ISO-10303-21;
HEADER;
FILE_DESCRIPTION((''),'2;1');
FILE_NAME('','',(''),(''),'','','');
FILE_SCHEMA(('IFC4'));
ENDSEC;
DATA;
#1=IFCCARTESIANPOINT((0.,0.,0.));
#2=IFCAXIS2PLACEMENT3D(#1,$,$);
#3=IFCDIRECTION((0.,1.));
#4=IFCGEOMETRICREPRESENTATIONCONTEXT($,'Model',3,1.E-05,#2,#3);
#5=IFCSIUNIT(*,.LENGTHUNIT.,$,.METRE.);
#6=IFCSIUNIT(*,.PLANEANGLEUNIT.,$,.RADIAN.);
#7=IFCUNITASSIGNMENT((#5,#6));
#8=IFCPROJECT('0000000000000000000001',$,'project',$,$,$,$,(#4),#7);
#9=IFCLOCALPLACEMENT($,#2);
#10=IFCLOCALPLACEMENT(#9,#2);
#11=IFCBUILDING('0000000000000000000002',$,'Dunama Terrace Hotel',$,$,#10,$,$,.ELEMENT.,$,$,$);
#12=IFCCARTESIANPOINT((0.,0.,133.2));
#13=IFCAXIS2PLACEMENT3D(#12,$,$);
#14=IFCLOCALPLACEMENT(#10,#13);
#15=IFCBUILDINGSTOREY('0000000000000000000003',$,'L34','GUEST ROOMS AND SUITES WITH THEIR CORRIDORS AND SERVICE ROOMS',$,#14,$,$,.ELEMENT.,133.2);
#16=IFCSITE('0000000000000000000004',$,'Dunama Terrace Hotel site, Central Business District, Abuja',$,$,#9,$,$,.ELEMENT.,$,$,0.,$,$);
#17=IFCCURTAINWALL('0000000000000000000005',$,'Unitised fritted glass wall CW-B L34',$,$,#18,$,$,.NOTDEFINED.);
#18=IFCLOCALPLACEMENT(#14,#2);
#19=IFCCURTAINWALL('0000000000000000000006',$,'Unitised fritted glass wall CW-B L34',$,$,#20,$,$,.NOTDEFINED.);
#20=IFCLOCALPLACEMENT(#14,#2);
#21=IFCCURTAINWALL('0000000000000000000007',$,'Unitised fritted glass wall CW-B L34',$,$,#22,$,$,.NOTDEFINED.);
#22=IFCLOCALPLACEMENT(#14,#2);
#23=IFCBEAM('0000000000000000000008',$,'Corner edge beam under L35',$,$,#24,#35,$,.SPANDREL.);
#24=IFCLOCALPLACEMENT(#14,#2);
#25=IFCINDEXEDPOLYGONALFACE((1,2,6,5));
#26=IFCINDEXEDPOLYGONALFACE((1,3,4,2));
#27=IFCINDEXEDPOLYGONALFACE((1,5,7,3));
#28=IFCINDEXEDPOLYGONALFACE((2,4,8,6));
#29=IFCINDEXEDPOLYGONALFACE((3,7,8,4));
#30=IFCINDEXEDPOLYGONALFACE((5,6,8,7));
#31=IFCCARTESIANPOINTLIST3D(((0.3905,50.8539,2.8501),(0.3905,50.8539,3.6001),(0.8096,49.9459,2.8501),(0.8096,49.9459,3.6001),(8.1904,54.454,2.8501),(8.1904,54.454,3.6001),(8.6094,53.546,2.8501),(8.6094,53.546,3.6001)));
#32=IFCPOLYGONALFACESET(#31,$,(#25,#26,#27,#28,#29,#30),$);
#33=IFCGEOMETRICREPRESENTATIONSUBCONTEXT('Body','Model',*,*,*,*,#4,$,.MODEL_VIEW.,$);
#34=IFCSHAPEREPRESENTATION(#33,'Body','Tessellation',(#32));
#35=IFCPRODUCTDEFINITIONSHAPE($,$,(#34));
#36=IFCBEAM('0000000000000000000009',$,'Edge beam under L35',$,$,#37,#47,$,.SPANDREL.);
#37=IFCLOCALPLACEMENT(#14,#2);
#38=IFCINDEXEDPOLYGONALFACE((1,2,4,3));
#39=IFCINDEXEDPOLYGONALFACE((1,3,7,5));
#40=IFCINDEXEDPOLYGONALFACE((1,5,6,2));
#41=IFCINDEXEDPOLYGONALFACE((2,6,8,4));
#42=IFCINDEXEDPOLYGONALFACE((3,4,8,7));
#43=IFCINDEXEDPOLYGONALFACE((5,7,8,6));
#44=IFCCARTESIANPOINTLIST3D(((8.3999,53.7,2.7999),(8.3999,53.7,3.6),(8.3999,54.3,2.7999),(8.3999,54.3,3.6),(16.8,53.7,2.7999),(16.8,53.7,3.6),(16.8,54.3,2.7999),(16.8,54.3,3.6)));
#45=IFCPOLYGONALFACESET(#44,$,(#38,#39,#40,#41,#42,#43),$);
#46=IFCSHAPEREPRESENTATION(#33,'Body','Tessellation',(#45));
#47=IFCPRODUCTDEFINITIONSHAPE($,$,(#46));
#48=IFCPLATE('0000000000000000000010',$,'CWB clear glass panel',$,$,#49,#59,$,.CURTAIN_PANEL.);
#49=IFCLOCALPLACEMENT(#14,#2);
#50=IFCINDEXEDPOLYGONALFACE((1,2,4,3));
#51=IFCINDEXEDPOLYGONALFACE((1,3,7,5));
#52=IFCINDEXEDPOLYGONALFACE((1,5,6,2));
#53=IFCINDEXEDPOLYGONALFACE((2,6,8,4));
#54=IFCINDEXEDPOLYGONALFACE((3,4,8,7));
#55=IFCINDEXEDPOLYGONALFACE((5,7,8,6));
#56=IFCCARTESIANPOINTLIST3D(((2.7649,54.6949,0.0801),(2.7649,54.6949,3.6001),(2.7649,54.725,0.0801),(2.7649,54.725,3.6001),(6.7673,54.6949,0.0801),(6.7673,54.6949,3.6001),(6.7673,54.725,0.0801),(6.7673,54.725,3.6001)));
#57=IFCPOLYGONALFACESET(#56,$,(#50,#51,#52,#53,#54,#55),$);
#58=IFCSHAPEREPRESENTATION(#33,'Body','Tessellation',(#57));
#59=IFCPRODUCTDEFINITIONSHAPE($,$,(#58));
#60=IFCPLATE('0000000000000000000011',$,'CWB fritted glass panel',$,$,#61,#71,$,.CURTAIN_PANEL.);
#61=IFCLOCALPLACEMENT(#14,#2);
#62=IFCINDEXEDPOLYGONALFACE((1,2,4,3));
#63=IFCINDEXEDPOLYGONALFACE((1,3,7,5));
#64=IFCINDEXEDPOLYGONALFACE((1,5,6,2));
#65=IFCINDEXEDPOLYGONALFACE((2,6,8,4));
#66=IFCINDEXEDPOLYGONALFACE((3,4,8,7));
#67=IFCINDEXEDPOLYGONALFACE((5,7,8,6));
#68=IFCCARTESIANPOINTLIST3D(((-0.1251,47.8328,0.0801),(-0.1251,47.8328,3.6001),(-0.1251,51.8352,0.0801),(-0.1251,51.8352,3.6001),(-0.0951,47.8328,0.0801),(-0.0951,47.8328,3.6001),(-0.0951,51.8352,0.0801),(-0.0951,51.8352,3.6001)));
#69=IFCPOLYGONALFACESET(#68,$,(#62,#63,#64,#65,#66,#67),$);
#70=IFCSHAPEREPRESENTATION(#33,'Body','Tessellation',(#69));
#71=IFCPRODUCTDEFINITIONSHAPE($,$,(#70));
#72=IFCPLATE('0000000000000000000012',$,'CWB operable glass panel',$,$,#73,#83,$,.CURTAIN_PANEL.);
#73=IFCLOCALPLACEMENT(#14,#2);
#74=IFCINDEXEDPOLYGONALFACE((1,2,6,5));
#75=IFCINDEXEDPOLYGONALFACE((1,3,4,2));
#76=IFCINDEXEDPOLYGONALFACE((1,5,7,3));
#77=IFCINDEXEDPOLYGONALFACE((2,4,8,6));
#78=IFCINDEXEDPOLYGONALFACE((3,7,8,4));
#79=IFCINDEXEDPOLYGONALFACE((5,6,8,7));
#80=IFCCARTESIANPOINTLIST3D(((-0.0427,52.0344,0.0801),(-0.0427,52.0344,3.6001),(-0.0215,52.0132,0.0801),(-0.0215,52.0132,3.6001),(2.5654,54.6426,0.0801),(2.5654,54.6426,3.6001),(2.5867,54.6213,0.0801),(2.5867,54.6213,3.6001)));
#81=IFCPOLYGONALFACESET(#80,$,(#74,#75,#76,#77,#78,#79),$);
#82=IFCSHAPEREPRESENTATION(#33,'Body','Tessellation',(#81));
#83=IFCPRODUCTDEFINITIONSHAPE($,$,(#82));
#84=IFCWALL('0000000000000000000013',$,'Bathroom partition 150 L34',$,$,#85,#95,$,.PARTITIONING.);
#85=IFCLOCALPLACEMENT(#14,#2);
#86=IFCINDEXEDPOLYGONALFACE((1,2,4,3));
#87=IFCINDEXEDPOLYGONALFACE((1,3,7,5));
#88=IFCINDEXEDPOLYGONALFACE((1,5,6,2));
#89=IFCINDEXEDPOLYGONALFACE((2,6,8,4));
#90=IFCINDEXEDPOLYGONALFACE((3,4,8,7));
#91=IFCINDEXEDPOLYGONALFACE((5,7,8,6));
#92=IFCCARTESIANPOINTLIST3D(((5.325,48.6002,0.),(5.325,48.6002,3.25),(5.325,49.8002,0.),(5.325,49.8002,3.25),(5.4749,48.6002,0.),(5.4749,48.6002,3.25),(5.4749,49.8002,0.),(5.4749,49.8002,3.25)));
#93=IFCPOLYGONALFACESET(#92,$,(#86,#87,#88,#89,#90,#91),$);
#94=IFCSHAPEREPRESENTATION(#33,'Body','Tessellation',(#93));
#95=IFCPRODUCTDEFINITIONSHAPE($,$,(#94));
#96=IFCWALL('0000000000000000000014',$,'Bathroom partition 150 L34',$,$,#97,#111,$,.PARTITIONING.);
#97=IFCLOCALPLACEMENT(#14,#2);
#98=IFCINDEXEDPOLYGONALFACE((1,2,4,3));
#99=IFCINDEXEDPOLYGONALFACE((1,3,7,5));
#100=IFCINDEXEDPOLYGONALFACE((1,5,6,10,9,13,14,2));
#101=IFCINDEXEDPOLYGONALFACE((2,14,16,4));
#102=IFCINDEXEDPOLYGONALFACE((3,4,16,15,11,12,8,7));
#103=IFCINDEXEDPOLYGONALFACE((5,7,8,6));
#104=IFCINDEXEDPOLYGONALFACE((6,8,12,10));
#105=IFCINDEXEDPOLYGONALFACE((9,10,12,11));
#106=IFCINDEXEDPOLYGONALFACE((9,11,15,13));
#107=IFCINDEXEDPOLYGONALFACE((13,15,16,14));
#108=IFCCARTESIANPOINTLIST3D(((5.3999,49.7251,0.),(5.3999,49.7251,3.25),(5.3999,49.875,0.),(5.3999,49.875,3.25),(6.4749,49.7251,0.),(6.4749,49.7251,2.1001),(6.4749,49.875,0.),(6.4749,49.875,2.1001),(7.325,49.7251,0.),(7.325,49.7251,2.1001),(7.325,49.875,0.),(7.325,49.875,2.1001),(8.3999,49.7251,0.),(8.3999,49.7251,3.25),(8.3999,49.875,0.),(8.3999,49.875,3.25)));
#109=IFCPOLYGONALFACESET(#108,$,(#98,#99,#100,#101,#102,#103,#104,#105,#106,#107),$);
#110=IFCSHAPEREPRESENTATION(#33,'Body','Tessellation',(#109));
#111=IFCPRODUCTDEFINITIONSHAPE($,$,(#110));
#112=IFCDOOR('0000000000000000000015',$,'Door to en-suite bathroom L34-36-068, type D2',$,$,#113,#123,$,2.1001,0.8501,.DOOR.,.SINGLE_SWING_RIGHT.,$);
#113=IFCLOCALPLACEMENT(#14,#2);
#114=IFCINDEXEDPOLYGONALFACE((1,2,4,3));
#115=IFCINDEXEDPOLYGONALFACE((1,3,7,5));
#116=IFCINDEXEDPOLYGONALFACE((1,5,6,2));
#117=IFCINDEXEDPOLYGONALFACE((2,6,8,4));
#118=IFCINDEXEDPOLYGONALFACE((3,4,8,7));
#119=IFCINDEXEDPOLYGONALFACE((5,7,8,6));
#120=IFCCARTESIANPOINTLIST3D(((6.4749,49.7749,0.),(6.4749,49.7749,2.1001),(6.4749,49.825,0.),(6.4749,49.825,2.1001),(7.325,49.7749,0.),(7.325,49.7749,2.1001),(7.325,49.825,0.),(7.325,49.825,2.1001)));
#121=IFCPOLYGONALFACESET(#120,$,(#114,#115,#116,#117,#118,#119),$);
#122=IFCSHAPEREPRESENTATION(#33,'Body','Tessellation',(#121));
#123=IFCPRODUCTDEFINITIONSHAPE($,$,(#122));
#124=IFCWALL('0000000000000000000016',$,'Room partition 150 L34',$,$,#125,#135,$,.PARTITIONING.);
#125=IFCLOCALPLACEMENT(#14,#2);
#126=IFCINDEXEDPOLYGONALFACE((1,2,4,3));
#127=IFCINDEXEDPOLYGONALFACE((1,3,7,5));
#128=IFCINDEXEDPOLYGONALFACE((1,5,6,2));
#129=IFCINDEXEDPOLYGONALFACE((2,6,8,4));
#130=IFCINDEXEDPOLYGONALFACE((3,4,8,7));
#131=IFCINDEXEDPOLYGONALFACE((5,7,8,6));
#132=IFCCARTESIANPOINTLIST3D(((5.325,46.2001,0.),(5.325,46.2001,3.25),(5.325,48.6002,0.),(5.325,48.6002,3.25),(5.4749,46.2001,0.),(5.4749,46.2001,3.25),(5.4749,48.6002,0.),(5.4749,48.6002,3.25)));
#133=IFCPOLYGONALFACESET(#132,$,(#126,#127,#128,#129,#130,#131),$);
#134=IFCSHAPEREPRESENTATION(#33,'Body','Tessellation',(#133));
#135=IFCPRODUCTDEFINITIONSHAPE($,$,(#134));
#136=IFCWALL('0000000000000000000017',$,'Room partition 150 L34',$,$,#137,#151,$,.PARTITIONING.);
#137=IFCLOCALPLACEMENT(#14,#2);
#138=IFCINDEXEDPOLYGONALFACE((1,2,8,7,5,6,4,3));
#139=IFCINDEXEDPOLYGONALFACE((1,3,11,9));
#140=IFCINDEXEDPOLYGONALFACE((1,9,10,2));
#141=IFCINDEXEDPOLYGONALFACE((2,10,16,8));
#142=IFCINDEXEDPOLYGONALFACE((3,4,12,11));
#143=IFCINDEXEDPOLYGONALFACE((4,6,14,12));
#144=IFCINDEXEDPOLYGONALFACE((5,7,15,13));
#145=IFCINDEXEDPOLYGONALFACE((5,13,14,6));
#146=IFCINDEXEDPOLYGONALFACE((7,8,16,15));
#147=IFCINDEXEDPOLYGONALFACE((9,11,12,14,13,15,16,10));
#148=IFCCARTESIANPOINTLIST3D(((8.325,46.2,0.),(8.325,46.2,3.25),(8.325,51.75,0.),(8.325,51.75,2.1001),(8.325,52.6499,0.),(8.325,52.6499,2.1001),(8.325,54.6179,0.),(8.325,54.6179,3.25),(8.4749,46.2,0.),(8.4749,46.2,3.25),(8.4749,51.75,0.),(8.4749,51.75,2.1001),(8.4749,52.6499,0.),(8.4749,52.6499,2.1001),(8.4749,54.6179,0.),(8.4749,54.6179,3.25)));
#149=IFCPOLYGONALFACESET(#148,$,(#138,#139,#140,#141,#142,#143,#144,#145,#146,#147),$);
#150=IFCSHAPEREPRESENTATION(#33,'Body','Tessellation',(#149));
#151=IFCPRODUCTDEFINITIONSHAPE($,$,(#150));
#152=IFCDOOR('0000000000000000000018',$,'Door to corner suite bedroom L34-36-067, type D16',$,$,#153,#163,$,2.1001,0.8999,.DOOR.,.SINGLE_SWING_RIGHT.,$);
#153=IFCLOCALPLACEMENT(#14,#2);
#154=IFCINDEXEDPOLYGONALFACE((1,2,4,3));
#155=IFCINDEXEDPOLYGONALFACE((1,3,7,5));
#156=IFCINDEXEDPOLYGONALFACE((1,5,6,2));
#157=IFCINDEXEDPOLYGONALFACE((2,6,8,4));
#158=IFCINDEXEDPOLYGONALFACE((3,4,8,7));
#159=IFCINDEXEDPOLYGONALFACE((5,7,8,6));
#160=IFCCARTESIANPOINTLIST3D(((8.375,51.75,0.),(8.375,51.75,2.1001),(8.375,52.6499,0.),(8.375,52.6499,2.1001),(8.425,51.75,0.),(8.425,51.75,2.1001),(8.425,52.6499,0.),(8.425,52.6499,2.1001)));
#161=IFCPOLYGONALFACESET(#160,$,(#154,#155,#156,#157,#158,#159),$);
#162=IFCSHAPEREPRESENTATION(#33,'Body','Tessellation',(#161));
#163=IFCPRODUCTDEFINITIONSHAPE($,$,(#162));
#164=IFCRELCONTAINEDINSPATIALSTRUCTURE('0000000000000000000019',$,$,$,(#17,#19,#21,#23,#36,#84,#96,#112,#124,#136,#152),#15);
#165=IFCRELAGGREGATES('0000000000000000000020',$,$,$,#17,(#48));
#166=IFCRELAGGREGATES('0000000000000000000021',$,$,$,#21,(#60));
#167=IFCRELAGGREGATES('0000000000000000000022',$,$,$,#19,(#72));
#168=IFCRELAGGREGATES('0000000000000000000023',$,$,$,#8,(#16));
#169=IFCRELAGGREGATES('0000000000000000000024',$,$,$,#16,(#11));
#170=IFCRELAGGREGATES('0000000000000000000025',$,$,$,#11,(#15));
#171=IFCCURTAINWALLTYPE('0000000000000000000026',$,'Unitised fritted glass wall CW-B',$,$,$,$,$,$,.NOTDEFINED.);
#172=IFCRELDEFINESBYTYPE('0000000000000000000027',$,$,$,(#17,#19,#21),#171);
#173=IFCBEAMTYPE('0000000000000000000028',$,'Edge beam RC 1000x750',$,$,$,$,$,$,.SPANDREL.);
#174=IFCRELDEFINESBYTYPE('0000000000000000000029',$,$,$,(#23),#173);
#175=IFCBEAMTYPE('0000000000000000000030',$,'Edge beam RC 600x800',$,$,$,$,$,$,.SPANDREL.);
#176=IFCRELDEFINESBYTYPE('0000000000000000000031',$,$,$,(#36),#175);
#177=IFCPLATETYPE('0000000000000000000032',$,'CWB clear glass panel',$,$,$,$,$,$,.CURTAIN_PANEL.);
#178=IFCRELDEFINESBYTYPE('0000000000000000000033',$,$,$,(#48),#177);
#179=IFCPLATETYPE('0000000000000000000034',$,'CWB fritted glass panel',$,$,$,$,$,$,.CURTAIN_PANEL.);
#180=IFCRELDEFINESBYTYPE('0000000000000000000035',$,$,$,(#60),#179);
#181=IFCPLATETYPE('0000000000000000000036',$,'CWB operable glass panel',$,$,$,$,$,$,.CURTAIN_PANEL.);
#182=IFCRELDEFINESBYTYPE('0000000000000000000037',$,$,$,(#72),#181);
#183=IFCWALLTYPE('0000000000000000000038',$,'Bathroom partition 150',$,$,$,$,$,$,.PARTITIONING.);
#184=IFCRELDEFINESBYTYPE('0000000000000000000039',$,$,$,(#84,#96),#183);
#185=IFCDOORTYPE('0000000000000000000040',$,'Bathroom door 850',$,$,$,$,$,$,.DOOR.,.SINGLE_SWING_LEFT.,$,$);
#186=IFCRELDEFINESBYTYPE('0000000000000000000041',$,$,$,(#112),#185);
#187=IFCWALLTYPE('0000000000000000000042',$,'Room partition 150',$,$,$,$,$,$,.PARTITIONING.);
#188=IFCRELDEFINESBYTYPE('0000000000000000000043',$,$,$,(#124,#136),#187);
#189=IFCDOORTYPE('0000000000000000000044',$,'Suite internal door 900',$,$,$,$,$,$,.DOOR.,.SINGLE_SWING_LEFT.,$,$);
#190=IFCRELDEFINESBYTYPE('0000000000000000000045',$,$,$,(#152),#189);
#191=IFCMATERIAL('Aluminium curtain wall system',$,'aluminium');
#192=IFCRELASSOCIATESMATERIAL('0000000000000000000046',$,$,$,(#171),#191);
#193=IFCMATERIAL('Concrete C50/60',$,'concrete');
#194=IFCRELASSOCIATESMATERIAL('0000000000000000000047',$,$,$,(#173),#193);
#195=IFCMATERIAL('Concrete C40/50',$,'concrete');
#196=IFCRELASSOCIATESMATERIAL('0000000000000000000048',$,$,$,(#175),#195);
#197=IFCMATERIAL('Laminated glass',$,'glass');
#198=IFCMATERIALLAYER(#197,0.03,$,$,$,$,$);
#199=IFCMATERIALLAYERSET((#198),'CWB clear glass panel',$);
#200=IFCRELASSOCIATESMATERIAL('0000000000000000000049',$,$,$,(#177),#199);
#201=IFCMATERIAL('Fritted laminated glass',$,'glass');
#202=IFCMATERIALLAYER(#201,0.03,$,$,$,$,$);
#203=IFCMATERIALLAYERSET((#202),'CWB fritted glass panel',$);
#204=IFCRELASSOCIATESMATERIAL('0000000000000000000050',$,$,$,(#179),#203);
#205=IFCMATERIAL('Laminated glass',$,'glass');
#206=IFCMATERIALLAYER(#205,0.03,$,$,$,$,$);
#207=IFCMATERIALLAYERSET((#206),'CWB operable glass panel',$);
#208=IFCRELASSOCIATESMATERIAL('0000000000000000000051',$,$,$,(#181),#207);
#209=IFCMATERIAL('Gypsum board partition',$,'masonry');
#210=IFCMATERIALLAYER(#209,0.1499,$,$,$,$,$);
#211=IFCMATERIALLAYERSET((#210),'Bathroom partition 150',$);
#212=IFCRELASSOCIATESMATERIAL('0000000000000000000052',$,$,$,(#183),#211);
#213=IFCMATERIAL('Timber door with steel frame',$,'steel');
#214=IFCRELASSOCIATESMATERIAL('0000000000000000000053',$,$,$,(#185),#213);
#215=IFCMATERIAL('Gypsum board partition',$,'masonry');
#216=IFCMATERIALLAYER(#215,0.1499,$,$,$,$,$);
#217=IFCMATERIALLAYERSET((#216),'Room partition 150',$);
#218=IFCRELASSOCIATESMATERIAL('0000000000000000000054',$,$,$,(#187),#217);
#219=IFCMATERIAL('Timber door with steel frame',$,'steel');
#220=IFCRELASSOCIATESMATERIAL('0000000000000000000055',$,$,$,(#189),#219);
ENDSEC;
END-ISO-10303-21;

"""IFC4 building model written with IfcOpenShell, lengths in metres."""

from ifc_helpers import new_model, si_unit, direction, frame, frame_2d, origin, origin_2d, place, context, subcontext, project, spatial, rectangle, extrude, material, layer, layer_set, material_profile, profile_set, type_object, element, fill, aggregate, save


model = new_model("IFC4")

# Units and contexts
model_context = context("Model", 3, precision=1e-05, world=origin(), true_north=direction((0.0, 1.0)))
body_context = subcontext(model_context, "Body", "Model", "MODEL_VIEW")
ifc_project = project(units=[si_unit("LENGTHUNIT", "METRE"), si_unit("PLANEANGLEUNIT", "RADIAN")], contexts=[model_context])

# Site, building, storey
site_placement = place(None, origin())
site = spatial("IfcSite", under=ifc_project, at=site_placement, Name="Dunama Terrace Hotel site, Central Business District, Abuja", CompositionType="ELEMENT", RefElevation=0.0)
building_placement = place(site_placement, origin())
building = spatial("IfcBuilding", under=site, at=building_placement, Name="Dunama Terrace Hotel", CompositionType="ELEMENT")
storey_placement = place(building_placement, frame((0.0, 0.0, 133.2)))
storey = spatial("IfcBuildingStorey", under=building, at=storey_placement, Name="L34", Description="GUEST ROOMS AND SUITES WITH THEIR CORRIDORS AND SERVICE ROOMS", CompositionType="ELEMENT", Elevation=133.2)

# Curtain walls
ifc_material_1 = material(Name="Aluminium curtain wall system", Category="aluminium")
curtain_wall_type = type_object("IfcCurtainWallType", Name="Unitised fritted glass wall CW-B", PredefinedType="NOTDEFINED", material=ifc_material_1)
curtain_wall_1_placement = place(storey_placement, origin())
curtain_wall_1 = element("IfcCurtainWall", 1, at=curtain_wall_1_placement, inside=storey, type_object=curtain_wall_type, Name="Unitised fritted glass wall CW-B L34", PredefinedType="NOTDEFINED")
curtain_wall_2_placement = place(storey_placement, origin())
curtain_wall_2 = element("IfcCurtainWall", 2, at=curtain_wall_2_placement, inside=storey, type_object=curtain_wall_type, Name="Unitised fritted glass wall CW-B L34", PredefinedType="NOTDEFINED")
curtain_wall_3_placement = place(storey_placement, origin())
curtain_wall_3 = element("IfcCurtainWall", 3, at=curtain_wall_3_placement, inside=storey, type_object=curtain_wall_type, Name="Unitised fritted glass wall CW-B L34", PredefinedType="NOTDEFINED")

# Beams
ifc_material_2 = material(Name="Concrete C50/60", Category="concrete")
ifc_material_profile_1 = material_profile(ifc_material_2, rectangle(XDim=1.0, YDim=0.75, at=origin_2d()), Name="RC 1000x750")
ifc_profile_set_1 = profile_set([ifc_material_profile_1], Name="Concrete C50/60")
beam_type_1 = type_object("IfcBeamType", Name="Edge beam RC 1000x750", PredefinedType="SPANDREL", material=ifc_profile_set_1)
beam_1_placement = place(storey_placement, frame((8.3999, 54.0, 3.2251), z_axis=(-0.907951, -0.419076, 0.0), x_axis=(0.419076, -0.907951, 0.0)))
element("IfcBeam", 4, at=beam_1_placement, inside=storey, type_object=beam_type_1, Name="Corner edge beam under L35", PredefinedType="SPANDREL", context=body_context, shape_type="SweptSolid", body=[
    extrude(rectangle(XDim=1.0, YDim=0.75, at=origin_2d()), origin(), (0.0, 0.0, 1.0), 8.5906),
])
ifc_material_3 = material(Name="Concrete C40/50", Category="concrete")
ifc_material_profile_2 = material_profile(ifc_material_3, rectangle(XDim=0.6001, YDim=0.8, at=origin_2d()), Name="RC 600x800")
ifc_profile_set_2 = profile_set([ifc_material_profile_2], Name="Concrete C40/50")
beam_type_2 = type_object("IfcBeamType", Name="Edge beam RC 600x800", PredefinedType="SPANDREL", material=ifc_profile_set_2)
beam_2_placement = place(storey_placement, frame((8.3999, 54.0, 3.2), z_axis=(1.0, 0.0, 0.0), x_axis=(0.0, 1.0, 0.0)))
element("IfcBeam", 5, at=beam_2_placement, inside=storey, type_object=beam_type_2, Name="Edge beam under L35", PredefinedType="SPANDREL", context=body_context, shape_type="SweptSolid", body=[
    extrude(rectangle(XDim=0.6001, YDim=0.8, at=origin_2d()), origin(), (0.0, 0.0, 1.0), 8.4001),
])

# Plates
ifc_material_4 = material(Name="Laminated glass", Category="glass")
ifc_layer_1 = layer(ifc_material_4, 0.03)
ifc_layer_set_1 = layer_set([ifc_layer_1], Name="CWB clear glass panel")
plate_type_1 = type_object("IfcPlateType", Name="CWB clear glass panel", PredefinedType="CURTAIN_PANEL", material=ifc_layer_set_1)
plate_1_placement = place(storey_placement, frame((4.7661, 54.71, 0.0801), z_axis=(0.0, 0.0, 1.0), x_axis=(-1.0, 0.0, 0.0)))
plate_1 = element("IfcPlate", 6, at=plate_1_placement, type_object=plate_type_1, Name="CWB clear glass panel", PredefinedType="CURTAIN_PANEL", context=body_context, shape_type="SweptSolid", body=[
    extrude(rectangle(XDim=4.0024, YDim=0.03, at=origin_2d()), origin(), (0.0, 0.0, 1.0), 3.52),
])
aggregate(curtain_wall_1, [plate_1])
ifc_material_5 = material(Name="Fritted laminated glass", Category="glass")
ifc_layer_2 = layer(ifc_material_5, 0.03)
ifc_layer_set_2 = layer_set([ifc_layer_2], Name="CWB fritted glass panel")
plate_type_2 = type_object("IfcPlateType", Name="CWB fritted glass panel", PredefinedType="CURTAIN_PANEL", material=ifc_layer_set_2)
plate_2_placement = place(storey_placement, frame((-0.1101, 49.834, 0.0801), z_axis=(0.0, 0.0, 1.0), x_axis=(0.0, -1.0, 0.0)))
plate_2 = element("IfcPlate", 7, at=plate_2_placement, type_object=plate_type_2, Name="CWB fritted glass panel", PredefinedType="CURTAIN_PANEL", context=body_context, shape_type="SweptSolid", body=[
    extrude(rectangle(XDim=4.0024, YDim=0.03, at=origin_2d()), origin(), (0.0, 0.0, 1.0), 3.52),
])
aggregate(curtain_wall_3, [plate_2])
ifc_material_6 = material(Name="Laminated glass", Category="glass")
ifc_layer_3 = layer(ifc_material_6, 0.03)
ifc_layer_set_3 = layer_set([ifc_layer_3], Name="CWB operable glass panel")
plate_type_3 = type_object("IfcPlateType", Name="CWB operable glass panel", PredefinedType="CURTAIN_PANEL", material=ifc_layer_set_3)
plate_3_placement = place(storey_placement, frame((1.272, 53.3279, 0.0801), z_axis=(0.0, 0.0, 1.0), x_axis=(-0.707107, -0.707107, 0.0)))
plate_3 = element("IfcPlate", 8, at=plate_3_placement, type_object=plate_type_3, Name="CWB operable glass panel", PredefinedType="CURTAIN_PANEL", context=body_context, shape_type="SweptSolid", body=[
    extrude(rectangle(XDim=3.6885, YDim=0.03, at=origin_2d()), origin(), (0.0, 0.0, 1.0), 3.52),
])
aggregate(curtain_wall_2, [plate_3])

# Wall
ifc_material_7 = material(Name="Gypsum board partition", Category="masonry")
ifc_layer_4 = layer(ifc_material_7, 0.1499)
ifc_layer_set_4 = layer_set([ifc_layer_4], Name="Bathroom partition 150")
wall_type_1 = type_object("IfcWallType", Name="Bathroom partition 150", PredefinedType="PARTITIONING", material=ifc_layer_set_4)
wall_1_placement = place(storey_placement, frame((5.3999, 48.6001, 0.0), z_axis=(0.0, 0.0, 1.0), x_axis=(0.0, 1.0, 0.0)))
element("IfcWall", 9, at=wall_1_placement, inside=storey, type_object=wall_type_1, Name="Bathroom partition 150 L34", PredefinedType="PARTITIONING", context=body_context, shape_type="SweptSolid", body=[
    extrude(rectangle(XDim=1.2, YDim=0.1499, at=frame_2d((0.6001, 0.0))), origin(), (0.0, 0.0, 1.0), 3.25),
])

# Wall, opening, door
wall_2_placement = place(storey_placement, frame((5.3999, 49.8, 0.0), z_axis=(0.0, 0.0, 1.0), x_axis=(1.0, 0.0, 0.0)))
wall_2 = element("IfcWall", 10, at=wall_2_placement, inside=storey, type_object=wall_type_1, Name="Bathroom partition 150 L34", PredefinedType="PARTITIONING", context=body_context, shape_type="SweptSolid", body=[
    extrude(rectangle(XDim=3.0, YDim=0.1499, at=frame_2d((1.5, 0.0))), origin(), (0.0, 0.0, 1.0), 3.25),
])
opening_1_placement = place(wall_2_placement, frame((1.075, 0.0, 0.0)))
opening_1 = element("IfcOpeningElement", 11, at=opening_1_placement, cuts=wall_2, PredefinedType="OPENING", context=body_context, shape_type="SweptSolid", body=[
    extrude(rectangle(XDim=0.8501, YDim=2.1001, at=frame_2d((0.425, 1.05))), frame((0.0, 0.085, 0.0), z_axis=(0.0, -1.0, 0.0), x_axis=(1.0, 0.0, 0.0)), (0.0, 0.0, 1.0), 0.1699),
])
ifc_material_8 = material(Name="Timber door with steel frame", Category="steel")
door_type_1 = type_object("IfcDoorType", Name="Bathroom door 850", OperationType="SINGLE_SWING_LEFT", PredefinedType="DOOR", material=ifc_material_8)
door_1_placement = place(opening_1_placement, frame((0.8501, 0.0, 0.0), z_axis=(0.0, 0.0, 1.0), x_axis=(-1.0, 0.0, 0.0)))
door_1 = element("IfcDoor", 12, at=door_1_placement, inside=storey, type_object=door_type_1, Name="Door to en-suite bathroom L34-36-068, type D2", OperationType="SINGLE_SWING_RIGHT", OverallHeight=2.1001, OverallWidth=0.8501, PredefinedType="DOOR", context=body_context, shape_type="SweptSolid", body=[
    extrude(rectangle(XDim=0.8501, YDim=2.1001, at=frame_2d((0.425, 1.05))), frame((0.0, 0.0251, 0.0), z_axis=(0.0, -1.0, 0.0), x_axis=(1.0, 0.0, 0.0)), (0.0, 0.0, 1.0), 0.05),
])
fill(opening_1, door_1)

# Wall
ifc_material_9 = material(Name="Gypsum board partition", Category="masonry")
ifc_layer_5 = layer(ifc_material_9, 0.1499)
ifc_layer_set_5 = layer_set([ifc_layer_5], Name="Room partition 150")
wall_type_2 = type_object("IfcWallType", Name="Room partition 150", PredefinedType="PARTITIONING", material=ifc_layer_set_5)
wall_3_placement = place(storey_placement, frame((5.3999, 46.2, 0.0), z_axis=(0.0, 0.0, 1.0), x_axis=(0.0, 1.0, 0.0)))
element("IfcWall", 13, at=wall_3_placement, inside=storey, type_object=wall_type_2, Name="Room partition 150 L34", PredefinedType="PARTITIONING", context=body_context, shape_type="SweptSolid", body=[
    extrude(rectangle(XDim=2.4001, YDim=0.1499, at=frame_2d((1.2002, 0.0))), origin(), (0.0, 0.0, 1.0), 3.25),
])

# Wall, opening, door
wall_4_placement = place(storey_placement, frame((8.3999, 46.2, 0.0), z_axis=(0.0, 0.0, 1.0), x_axis=(0.0, 1.0, 0.0)))
wall_4 = element("IfcWall", 14, at=wall_4_placement, inside=storey, type_object=wall_type_2, Name="Room partition 150 L34", PredefinedType="PARTITIONING", context=body_context, shape_type="SweptSolid", body=[
    extrude(rectangle(XDim=8.418, YDim=0.1499, at=frame_2d((4.209, 0.0))), origin(), (0.0, 0.0, 1.0), 3.25),
])
opening_2_placement = place(wall_4_placement, frame((5.55, 0.0, 0.0)))
opening_2 = element("IfcOpeningElement", 15, at=opening_2_placement, cuts=wall_4, PredefinedType="OPENING", context=body_context, shape_type="SweptSolid", body=[
    extrude(rectangle(XDim=0.8999, YDim=2.1001, at=frame_2d((0.45, 1.05))), frame((0.0, 0.085, 0.0), z_axis=(0.0, -1.0, 0.0), x_axis=(1.0, 0.0, 0.0)), (0.0, 0.0, 1.0), 0.1699),
])
ifc_material_10 = material(Name="Timber door with steel frame", Category="steel")
door_type_2 = type_object("IfcDoorType", Name="Suite internal door 900", OperationType="SINGLE_SWING_LEFT", PredefinedType="DOOR", material=ifc_material_10)
door_2_placement = place(opening_2_placement, origin())
door_2 = element("IfcDoor", 16, at=door_2_placement, inside=storey, type_object=door_type_2, Name="Door to corner suite bedroom L34-36-067, type D16", OperationType="SINGLE_SWING_RIGHT", OverallHeight=2.1001, OverallWidth=0.8999, PredefinedType="DOOR", context=body_context, shape_type="SweptSolid", body=[
    extrude(rectangle(XDim=0.8999, YDim=2.1001, at=frame_2d((0.45, 1.05))), frame((0.0, 0.0249, 0.0), z_axis=(0.0, -1.0, 0.0), x_axis=(1.0, 0.0, 0.0)), (0.0, 0.0, 1.0), 0.05),
])
fill(opening_2, door_2)

save(model, "model.ifc")
